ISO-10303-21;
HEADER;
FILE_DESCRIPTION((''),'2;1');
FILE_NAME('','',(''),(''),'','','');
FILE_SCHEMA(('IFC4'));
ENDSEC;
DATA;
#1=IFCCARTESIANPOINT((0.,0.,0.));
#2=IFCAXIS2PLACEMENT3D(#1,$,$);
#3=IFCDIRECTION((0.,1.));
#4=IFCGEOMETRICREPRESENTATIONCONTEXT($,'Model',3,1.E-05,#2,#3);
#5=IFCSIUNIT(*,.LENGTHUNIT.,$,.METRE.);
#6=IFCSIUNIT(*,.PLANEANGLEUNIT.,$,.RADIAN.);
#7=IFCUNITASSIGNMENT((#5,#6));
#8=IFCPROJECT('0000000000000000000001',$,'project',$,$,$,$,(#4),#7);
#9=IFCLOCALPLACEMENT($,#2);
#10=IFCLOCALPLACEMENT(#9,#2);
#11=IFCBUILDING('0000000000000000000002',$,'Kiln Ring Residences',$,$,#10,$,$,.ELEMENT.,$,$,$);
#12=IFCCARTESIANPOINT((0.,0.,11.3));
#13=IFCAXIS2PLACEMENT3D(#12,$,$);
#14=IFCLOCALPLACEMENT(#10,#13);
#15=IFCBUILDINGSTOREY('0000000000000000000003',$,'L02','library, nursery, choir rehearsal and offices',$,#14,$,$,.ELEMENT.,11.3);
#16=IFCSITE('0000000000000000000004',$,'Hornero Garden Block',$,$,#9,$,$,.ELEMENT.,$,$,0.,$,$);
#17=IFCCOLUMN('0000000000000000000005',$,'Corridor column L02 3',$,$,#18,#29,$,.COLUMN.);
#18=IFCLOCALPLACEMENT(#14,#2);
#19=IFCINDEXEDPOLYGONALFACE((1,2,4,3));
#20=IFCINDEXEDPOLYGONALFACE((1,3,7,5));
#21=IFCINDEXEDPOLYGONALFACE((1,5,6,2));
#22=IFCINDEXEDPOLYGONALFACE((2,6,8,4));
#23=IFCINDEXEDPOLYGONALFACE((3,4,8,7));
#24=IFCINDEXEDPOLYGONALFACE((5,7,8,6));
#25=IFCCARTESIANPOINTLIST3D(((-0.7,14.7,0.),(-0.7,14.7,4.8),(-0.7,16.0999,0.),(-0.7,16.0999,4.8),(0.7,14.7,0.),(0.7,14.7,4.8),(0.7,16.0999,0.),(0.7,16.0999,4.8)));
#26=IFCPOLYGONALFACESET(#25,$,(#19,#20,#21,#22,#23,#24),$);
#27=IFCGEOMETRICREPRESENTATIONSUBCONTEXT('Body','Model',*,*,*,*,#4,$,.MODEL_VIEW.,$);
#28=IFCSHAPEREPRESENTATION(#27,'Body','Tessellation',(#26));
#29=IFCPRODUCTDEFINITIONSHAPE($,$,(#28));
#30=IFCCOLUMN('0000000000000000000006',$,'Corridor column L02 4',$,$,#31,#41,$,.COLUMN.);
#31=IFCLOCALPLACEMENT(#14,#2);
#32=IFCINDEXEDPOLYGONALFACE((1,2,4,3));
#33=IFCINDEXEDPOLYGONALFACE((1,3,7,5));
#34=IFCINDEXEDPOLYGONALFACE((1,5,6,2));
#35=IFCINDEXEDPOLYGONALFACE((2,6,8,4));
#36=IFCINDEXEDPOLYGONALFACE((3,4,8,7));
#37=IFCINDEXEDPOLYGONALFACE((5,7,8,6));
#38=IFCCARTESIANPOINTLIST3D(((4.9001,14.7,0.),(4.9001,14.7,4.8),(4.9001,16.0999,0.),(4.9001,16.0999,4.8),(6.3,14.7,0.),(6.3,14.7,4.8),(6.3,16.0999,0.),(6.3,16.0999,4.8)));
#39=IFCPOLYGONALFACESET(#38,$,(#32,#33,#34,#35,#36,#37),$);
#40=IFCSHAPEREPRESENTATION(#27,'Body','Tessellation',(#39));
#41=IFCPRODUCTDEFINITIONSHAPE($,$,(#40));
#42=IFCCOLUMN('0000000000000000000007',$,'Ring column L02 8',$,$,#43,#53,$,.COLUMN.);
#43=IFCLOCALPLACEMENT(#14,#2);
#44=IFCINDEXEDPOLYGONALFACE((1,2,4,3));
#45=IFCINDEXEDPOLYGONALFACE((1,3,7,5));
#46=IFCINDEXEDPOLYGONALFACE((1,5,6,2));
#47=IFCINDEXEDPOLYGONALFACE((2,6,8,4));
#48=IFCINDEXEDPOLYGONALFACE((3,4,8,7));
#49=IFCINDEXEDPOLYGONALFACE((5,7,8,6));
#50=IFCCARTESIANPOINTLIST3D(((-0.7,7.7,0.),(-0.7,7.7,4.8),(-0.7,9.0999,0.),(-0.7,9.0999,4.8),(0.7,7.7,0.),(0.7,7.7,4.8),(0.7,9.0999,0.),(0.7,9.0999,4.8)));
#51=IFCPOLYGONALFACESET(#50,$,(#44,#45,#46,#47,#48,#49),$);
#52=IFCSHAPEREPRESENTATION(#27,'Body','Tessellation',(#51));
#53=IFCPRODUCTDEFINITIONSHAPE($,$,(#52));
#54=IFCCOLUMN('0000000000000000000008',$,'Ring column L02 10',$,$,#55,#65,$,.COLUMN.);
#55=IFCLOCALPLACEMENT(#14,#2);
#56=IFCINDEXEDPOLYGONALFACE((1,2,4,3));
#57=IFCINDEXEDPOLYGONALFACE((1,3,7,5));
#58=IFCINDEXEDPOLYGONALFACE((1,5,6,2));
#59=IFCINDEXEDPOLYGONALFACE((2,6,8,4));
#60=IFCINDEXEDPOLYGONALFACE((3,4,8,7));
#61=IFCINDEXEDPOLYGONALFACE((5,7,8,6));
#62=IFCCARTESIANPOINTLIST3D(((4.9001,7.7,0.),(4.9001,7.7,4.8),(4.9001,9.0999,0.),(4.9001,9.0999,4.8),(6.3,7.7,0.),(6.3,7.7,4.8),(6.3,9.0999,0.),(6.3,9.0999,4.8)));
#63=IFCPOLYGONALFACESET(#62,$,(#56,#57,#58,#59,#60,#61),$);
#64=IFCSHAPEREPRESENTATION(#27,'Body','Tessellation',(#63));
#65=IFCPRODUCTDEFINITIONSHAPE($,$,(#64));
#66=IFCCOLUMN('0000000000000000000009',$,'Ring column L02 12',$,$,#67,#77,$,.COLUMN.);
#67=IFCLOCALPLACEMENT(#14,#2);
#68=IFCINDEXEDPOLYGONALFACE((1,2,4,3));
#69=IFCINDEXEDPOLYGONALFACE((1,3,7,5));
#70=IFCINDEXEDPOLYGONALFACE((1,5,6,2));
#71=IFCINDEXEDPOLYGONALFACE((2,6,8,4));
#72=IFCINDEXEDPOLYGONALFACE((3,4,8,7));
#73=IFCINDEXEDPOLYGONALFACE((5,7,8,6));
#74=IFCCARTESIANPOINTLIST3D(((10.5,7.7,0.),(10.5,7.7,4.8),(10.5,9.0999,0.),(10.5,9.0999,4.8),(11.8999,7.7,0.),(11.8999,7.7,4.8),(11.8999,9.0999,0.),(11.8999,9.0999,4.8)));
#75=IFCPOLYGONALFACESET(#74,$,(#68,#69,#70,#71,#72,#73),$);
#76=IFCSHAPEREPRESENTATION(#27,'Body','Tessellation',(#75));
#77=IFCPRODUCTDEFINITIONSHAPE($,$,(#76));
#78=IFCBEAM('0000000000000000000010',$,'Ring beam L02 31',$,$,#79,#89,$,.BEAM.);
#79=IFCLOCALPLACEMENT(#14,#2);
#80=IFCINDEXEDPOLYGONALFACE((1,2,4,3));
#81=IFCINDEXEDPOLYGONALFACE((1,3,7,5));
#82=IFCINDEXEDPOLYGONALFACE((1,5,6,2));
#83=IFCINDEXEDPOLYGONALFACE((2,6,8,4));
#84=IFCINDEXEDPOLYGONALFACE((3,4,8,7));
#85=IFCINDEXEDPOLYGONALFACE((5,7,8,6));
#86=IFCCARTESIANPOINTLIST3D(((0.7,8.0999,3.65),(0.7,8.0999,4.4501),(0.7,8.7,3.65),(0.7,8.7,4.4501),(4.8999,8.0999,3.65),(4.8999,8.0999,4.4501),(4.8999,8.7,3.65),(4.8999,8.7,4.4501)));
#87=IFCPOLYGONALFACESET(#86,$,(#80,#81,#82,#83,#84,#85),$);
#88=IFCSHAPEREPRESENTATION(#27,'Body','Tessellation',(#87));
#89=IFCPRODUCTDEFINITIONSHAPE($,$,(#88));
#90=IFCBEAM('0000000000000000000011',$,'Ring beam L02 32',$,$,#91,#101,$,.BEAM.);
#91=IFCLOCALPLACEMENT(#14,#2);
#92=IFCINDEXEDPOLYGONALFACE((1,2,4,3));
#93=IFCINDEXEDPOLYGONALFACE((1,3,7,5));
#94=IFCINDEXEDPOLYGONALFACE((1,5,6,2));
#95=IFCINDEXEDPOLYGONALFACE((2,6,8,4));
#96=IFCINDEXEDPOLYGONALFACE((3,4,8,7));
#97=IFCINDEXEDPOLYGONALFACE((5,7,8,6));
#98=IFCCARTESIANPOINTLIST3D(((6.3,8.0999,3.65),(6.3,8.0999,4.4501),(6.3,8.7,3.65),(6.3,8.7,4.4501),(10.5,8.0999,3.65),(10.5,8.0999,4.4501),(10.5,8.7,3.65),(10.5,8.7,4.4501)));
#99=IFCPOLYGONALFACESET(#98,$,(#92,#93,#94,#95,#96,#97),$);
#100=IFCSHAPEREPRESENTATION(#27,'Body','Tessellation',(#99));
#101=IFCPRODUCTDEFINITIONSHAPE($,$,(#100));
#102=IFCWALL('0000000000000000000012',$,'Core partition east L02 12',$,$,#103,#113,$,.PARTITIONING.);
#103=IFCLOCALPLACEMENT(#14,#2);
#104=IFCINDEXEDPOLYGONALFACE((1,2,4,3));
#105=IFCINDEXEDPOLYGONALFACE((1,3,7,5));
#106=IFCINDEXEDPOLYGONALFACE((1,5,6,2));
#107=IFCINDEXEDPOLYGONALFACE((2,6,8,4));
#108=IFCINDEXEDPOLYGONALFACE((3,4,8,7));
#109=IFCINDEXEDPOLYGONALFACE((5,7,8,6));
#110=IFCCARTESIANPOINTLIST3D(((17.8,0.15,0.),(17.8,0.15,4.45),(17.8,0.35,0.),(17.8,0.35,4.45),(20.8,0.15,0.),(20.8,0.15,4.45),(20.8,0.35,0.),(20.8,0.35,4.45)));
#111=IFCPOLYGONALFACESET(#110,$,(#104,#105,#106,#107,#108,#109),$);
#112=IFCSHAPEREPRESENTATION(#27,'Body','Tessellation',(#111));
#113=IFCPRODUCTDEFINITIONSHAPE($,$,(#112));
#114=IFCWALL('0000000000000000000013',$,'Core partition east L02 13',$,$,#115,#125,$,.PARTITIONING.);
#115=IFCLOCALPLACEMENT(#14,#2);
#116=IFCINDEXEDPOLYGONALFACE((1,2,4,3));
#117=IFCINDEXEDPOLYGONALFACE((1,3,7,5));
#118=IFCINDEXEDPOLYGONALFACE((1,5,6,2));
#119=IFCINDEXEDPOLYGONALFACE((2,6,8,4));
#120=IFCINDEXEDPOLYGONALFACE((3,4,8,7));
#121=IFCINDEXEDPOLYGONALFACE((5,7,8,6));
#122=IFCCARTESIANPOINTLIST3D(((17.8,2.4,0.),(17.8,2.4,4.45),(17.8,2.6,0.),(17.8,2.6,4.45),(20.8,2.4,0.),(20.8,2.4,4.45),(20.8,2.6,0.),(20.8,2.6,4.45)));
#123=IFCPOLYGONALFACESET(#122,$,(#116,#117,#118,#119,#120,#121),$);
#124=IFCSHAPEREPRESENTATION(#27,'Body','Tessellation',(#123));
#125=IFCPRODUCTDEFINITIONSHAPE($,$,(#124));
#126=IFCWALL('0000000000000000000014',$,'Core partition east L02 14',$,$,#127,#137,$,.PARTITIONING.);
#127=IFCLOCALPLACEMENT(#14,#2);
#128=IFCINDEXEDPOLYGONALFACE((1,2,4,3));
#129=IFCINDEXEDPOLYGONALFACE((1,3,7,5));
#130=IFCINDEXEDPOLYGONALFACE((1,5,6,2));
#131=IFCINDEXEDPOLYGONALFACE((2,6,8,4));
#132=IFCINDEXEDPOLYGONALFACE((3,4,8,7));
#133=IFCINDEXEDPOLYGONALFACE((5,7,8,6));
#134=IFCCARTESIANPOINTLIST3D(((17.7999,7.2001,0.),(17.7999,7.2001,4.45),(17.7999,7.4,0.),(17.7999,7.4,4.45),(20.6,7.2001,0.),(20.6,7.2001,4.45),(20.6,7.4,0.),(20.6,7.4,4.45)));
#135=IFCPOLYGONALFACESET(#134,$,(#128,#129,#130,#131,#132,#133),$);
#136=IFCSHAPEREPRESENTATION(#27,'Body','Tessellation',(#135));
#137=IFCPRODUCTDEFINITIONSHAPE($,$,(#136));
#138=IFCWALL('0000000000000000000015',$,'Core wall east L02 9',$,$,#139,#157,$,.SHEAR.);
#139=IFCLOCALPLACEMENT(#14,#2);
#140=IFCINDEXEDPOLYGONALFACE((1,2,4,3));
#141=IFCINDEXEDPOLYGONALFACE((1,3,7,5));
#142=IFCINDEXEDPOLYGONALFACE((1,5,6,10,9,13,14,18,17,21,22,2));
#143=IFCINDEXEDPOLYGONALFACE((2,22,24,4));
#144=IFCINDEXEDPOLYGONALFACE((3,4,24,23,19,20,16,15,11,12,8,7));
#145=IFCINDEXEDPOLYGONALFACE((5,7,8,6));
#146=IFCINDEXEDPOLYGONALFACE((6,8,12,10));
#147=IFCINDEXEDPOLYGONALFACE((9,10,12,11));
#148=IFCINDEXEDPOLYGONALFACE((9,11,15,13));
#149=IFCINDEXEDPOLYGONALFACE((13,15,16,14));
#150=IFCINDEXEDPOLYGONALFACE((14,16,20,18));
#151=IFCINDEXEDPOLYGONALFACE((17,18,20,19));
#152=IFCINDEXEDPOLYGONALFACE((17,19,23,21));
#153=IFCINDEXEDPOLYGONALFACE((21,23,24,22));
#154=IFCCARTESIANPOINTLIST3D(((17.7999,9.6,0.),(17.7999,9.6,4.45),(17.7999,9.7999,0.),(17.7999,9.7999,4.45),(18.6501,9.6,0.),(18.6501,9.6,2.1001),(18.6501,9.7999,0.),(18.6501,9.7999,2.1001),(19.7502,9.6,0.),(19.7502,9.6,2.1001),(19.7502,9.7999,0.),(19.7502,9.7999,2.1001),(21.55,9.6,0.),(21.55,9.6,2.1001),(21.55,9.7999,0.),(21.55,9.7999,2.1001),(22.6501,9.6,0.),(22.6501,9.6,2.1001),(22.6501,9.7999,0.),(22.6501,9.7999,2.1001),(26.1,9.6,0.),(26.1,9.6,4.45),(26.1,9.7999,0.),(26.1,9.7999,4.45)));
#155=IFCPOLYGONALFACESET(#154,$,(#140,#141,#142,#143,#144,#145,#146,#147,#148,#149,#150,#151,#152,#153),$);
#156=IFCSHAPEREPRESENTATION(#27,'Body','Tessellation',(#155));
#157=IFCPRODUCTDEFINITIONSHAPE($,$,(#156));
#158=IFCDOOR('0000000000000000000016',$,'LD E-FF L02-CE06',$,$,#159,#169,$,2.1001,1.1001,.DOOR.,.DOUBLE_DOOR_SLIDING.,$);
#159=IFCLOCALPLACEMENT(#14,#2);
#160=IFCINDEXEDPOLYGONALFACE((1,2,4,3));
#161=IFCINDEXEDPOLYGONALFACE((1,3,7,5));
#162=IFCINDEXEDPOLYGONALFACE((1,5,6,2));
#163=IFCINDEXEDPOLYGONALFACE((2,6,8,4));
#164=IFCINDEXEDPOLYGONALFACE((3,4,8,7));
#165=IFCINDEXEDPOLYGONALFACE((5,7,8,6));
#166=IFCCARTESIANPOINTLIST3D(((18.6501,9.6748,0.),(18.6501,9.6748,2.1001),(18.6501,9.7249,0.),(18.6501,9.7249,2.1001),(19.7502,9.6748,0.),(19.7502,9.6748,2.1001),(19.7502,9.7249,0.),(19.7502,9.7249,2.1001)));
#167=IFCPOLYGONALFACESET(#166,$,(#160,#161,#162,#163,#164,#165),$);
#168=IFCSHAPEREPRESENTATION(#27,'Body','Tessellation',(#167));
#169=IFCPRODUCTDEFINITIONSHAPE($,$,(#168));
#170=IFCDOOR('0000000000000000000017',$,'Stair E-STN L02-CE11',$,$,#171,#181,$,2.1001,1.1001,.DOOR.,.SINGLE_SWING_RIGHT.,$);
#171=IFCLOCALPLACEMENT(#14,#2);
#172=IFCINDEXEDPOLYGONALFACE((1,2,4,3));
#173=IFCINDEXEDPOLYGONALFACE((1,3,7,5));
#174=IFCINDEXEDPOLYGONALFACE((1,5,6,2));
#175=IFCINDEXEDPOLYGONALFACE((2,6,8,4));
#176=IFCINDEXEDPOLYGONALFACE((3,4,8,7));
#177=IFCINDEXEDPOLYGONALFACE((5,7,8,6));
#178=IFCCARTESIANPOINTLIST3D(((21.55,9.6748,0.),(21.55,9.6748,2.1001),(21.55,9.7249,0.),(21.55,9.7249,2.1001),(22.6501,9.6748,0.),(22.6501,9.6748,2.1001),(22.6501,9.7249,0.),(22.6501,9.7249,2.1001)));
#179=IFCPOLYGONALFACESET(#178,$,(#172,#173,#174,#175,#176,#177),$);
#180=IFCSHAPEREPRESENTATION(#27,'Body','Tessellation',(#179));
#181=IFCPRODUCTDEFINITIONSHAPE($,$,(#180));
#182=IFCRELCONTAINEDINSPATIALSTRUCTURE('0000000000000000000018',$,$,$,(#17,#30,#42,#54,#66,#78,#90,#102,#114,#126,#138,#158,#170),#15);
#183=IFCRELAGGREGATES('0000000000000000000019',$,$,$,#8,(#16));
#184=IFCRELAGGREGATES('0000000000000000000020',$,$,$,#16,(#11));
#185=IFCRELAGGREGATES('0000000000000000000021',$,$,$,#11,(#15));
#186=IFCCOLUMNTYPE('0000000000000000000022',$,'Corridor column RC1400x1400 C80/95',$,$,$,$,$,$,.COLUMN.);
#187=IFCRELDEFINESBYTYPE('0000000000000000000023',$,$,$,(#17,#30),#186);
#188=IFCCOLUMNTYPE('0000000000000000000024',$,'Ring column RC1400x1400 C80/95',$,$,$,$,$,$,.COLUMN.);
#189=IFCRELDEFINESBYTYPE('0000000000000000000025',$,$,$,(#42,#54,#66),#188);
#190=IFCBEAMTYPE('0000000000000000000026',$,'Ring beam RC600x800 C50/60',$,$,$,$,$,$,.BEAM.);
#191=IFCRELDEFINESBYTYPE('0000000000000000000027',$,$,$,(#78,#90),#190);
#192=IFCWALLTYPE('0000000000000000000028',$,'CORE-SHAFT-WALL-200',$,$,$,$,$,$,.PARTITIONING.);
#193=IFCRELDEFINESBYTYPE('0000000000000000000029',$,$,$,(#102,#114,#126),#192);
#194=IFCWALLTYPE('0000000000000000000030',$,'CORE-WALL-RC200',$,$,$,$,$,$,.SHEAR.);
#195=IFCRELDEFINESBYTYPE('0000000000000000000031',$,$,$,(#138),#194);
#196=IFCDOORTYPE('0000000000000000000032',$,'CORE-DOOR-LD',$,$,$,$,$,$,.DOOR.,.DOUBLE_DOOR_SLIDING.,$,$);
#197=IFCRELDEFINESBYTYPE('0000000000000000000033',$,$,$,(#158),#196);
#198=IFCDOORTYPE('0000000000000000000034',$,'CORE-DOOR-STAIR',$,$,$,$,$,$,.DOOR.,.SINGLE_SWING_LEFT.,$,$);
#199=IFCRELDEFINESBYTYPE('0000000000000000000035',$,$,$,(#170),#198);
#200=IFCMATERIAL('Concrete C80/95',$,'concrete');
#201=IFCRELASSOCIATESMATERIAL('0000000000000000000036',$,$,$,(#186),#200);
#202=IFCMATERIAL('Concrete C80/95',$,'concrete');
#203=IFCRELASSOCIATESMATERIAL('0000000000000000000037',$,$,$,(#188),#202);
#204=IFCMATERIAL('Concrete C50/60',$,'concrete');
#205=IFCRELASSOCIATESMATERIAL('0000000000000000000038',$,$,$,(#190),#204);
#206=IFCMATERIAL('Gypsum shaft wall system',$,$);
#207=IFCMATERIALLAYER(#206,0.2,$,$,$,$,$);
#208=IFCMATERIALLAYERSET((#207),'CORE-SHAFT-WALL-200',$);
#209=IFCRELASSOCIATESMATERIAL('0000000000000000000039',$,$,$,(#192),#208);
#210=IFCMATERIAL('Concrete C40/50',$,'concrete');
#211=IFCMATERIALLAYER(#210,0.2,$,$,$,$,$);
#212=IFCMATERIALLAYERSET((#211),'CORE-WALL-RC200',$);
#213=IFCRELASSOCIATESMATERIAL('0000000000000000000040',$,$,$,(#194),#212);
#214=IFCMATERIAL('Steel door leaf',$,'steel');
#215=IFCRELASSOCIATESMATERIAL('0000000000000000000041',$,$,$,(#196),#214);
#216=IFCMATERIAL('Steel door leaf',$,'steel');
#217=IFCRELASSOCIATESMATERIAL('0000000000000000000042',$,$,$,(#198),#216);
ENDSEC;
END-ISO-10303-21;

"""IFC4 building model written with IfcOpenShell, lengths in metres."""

from ifc_helpers import new_model, si_unit, direction, frame, frame_2d, origin, origin_2d, place, context, subcontext, project, spatial, rectangle, extrude, material, layer, layer_set, material_profile, profile_set, type_object, element, fill, save


model = new_model("IFC4")

# Units and contexts
model_context = context("Model", 3, precision=1e-05, world=origin(), true_north=direction((0.0, 1.0)))
body_context = subcontext(model_context, "Body", "Model", "MODEL_VIEW")
ifc_project = project(units=[si_unit("LENGTHUNIT", "METRE"), si_unit("PLANEANGLEUNIT", "RADIAN")], contexts=[model_context])

# Site, building, storey
site_placement = place(None, origin())
site = spatial("IfcSite", under=ifc_project, at=site_placement, Name="Hornero Garden Block", CompositionType="ELEMENT", RefElevation=0.0)
building_placement = place(site_placement, origin())
building = spatial("IfcBuilding", under=site, at=building_placement, Name="Kiln Ring Residences", CompositionType="ELEMENT")
storey_placement = place(building_placement, frame((0.0, 0.0, 11.3)))
storey = spatial("IfcBuildingStorey", under=building, at=storey_placement, Name="L02", Description="library, nursery, choir rehearsal and offices", CompositionType="ELEMENT", Elevation=11.3)

# Columns
ifc_material_1 = material(Name="Concrete C80/95", Category="concrete")
ifc_material_profile_1 = material_profile(ifc_material_1, rectangle(XDim=1.3999, YDim=1.3999, at=origin_2d()), Name="RC1400x1400")
ifc_profile_set_1 = profile_set([ifc_material_profile_1], Name="Concrete C80/95")
column_type_1 = type_object("IfcColumnType", Name="Corridor column RC1400x1400 C80/95", PredefinedType="COLUMN", material=ifc_profile_set_1)
for number, where, z_axis, x_axis, name in (
    (1, (0.0, 15.3999, 0.0), (0.0, 0.0, 1.0), (1.0, 0.0, 0.0), "Corridor column L02 3"),
    (2, (5.6001, 15.3999, 0.0), (0.0, 0.0, 1.0), (1.0, 0.0, 0.0), "Corridor column L02 4"),
):
    element("IfcColumn", number, at=place(storey_placement, frame(where, z_axis=z_axis, x_axis=x_axis)), inside=storey, type_object=column_type_1, Name=name, PredefinedType="COLUMN", context=body_context, shape_type="SweptSolid", body=[
        extrude(rectangle(XDim=1.3999, YDim=1.3999, at=origin_2d()), origin(), (0.0, 0.0, 1.0), 4.8),
    ])
ifc_material_2 = material(Name="Concrete C80/95", Category="concrete")
ifc_material_profile_2 = material_profile(ifc_material_2, rectangle(XDim=1.3999, YDim=1.3999, at=origin_2d()), Name="RC1400x1400")
ifc_profile_set_2 = profile_set([ifc_material_profile_2], Name="Concrete C80/95")
column_type_2 = type_object("IfcColumnType", Name="Ring column RC1400x1400 C80/95", PredefinedType="COLUMN", material=ifc_profile_set_2)
for number, where, z_axis, x_axis, name in (
    (3, (0.0, 8.3999, 0.0), (0.0, 0.0, 1.0), (1.0, 0.0, 0.0), "Ring column L02 8"),
    (4, (5.6001, 8.3999, 0.0), (0.0, 0.0, 1.0), (1.0, 0.0, 0.0), "Ring column L02 10"),
    (5, (11.2, 8.3999, 0.0), (0.0, 0.0, 1.0), (1.0, 0.0, 0.0), "Ring column L02 12"),
):
    element("IfcColumn", number, at=place(storey_placement, frame(where, z_axis=z_axis, x_axis=x_axis)), inside=storey, type_object=column_type_2, Name=name, PredefinedType="COLUMN", context=body_context, shape_type="SweptSolid", body=[
        extrude(rectangle(XDim=1.3999, YDim=1.3999, at=origin_2d()), origin(), (0.0, 0.0, 1.0), 4.8),
    ])

# Beams
ifc_material_3 = material(Name="Concrete C50/60", Category="concrete")
ifc_material_profile_3 = material_profile(ifc_material_3, rectangle(XDim=0.6001, YDim=0.8, at=origin_2d()), Name="RC600x800")
ifc_profile_set_3 = profile_set([ifc_material_profile_3], Name="Concrete C50/60")
beam_type = type_object("IfcBeamType", Name="Ring beam RC600x800 C50/60", PredefinedType="BEAM", material=ifc_profile_set_3)
for number, where, z_axis, x_axis, name in (
    (6, (0.7, 8.3999, 4.05), (1.0, 0.0, 0.0), (0.0, 1.0, 0.0), "Ring beam L02 31"),
    (7, (6.3, 8.3999, 4.05), (1.0, 0.0, 0.0), (0.0, 1.0, 0.0), "Ring beam L02 32"),
):
    element("IfcBeam", number, at=place(storey_placement, frame(where, z_axis=z_axis, x_axis=x_axis)), inside=storey, type_object=beam_type, Name=name, PredefinedType="BEAM", context=body_context, shape_type="SweptSolid", body=[
        extrude(rectangle(XDim=0.6001, YDim=0.8, at=origin_2d()), origin(), (0.0, 0.0, 1.0), 4.2),
    ])

# Walls
ifc_material_4 = material(Name="Gypsum shaft wall system")
ifc_layer_1 = layer(ifc_material_4, 0.2)
ifc_layer_set_1 = layer_set([ifc_layer_1], Name="CORE-SHAFT-WALL-200")
wall_type_1 = type_object("IfcWallType", Name="CORE-SHAFT-WALL-200", PredefinedType="PARTITIONING", material=ifc_layer_set_1)
for number, where, z_axis, x_axis, name in (
    (8, (17.8, 0.25, 0.0), (0.0, 0.0, 1.0), (1.0, 0.0, 0.0), "Core partition east L02 12"),
    (9, (17.8, 2.5, 0.0), (0.0, 0.0, 1.0), (1.0, 0.0, 0.0), "Core partition east L02 13"),
):
    element("IfcWall", number, at=place(storey_placement, frame(where, z_axis=z_axis, x_axis=x_axis)), inside=storey, type_object=wall_type_1, Name=name, PredefinedType="PARTITIONING", context=body_context, shape_type="SweptSolid", body=[
        extrude(rectangle(XDim=3.0, YDim=0.2, at=frame_2d((1.5, 0.0))), origin(), (0.0, 0.0, 1.0), 4.45),
    ])
wall_1_placement = place(storey_placement, frame((17.8, 7.3, 0.0), z_axis=(0.0, 0.0, 1.0), x_axis=(1.0, 0.0, 0.0)))
element("IfcWall", 10, at=wall_1_placement, inside=storey, type_object=wall_type_1, Name="Core partition east L02 14", PredefinedType="PARTITIONING", context=body_context, shape_type="SweptSolid", body=[
    extrude(rectangle(XDim=2.8, YDim=0.2, at=frame_2d((1.3999, 0.0))), origin(), (0.0, 0.0, 1.0), 4.45),
])

# Wall, openings, doors
ifc_material_5 = material(Name="Concrete C40/50", Category="concrete")
ifc_layer_2 = layer(ifc_material_5, 0.2)
ifc_layer_set_2 = layer_set([ifc_layer_2], Name="CORE-WALL-RC200")
wall_type_2 = type_object("IfcWallType", Name="CORE-WALL-RC200", PredefinedType="SHEAR", material=ifc_layer_set_2)
wall_2_placement = place(storey_placement, frame((17.8, 9.7, 0.0), z_axis=(0.0, 0.0, 1.0), x_axis=(1.0, 0.0, 0.0)))
wall_2 = element("IfcWall", 11, at=wall_2_placement, inside=storey, type_object=wall_type_2, Name="Core wall east L02 9", PredefinedType="SHEAR", context=body_context, shape_type="SweptSolid", body=[
    extrude(rectangle(XDim=8.3, YDim=0.2, at=frame_2d((4.1499, 0.0))), origin(), (0.0, 0.0, 1.0), 4.45),
])
opening_1_placement = place(wall_2_placement, frame((0.8501, 0.0, 0.0)))
opening_1 = element("IfcOpeningElement", 12, at=opening_1_placement, cuts=wall_2, PredefinedType="OPENING", context=body_context, shape_type="SweptSolid", body=[
    extrude(rectangle(XDim=1.1001, YDim=2.1001, at=frame_2d((0.55, 1.05))), frame((0.0, 0.1099, 0.0), z_axis=(0.0, -1.0, 0.0), x_axis=(1.0, 0.0, 0.0)), (0.0, 0.0, 1.0), 0.22),
])
opening_2_placement = place(wall_2_placement, frame((3.75, 0.0, 0.0)))
opening_2 = element("IfcOpeningElement", 13, at=opening_2_placement, cuts=wall_2, PredefinedType="OPENING", context=body_context, shape_type="SweptSolid", body=[
    extrude(rectangle(XDim=1.1001, YDim=2.1001, at=frame_2d((0.55, 1.05))), frame((0.0, 0.1099, 0.0), z_axis=(0.0, -1.0, 0.0), x_axis=(1.0, 0.0, 0.0)), (0.0, 0.0, 1.0), 0.22),
])
ifc_material_6 = material(Name="Steel door leaf", Category="steel")
door_type_1 = type_object("IfcDoorType", Name="CORE-DOOR-LD", OperationType="DOUBLE_DOOR_SLIDING", PredefinedType="DOOR", material=ifc_material_6)
door_1_placement = place(opening_1_placement, origin())
door_1 = element("IfcDoor", 14, at=door_1_placement, inside=storey, type_object=door_type_1, Name="LD E-FF L02-CE06", OperationType="DOUBLE_DOOR_SLIDING", OverallHeight=2.1001, OverallWidth=1.1001, PredefinedType="DOOR", context=body_context, shape_type="SweptSolid", body=[
    extrude(rectangle(XDim=1.1001, YDim=2.1001, at=frame_2d((0.55, 1.05))), frame((0.0, 0.0249, 0.0), z_axis=(0.0, -1.0, 0.0), x_axis=(1.0, 0.0, 0.0)), (0.0, 0.0, 1.0), 0.05),
])
fill(opening_1, door_1)
ifc_material_7 = material(Name="Steel door leaf", Category="steel")
door_type_2 = type_object("IfcDoorType", Name="CORE-DOOR-STAIR", OperationType="SINGLE_SWING_LEFT", PredefinedType="DOOR", material=ifc_material_7)
door_2_placement = place(opening_2_placement, origin())
door_2 = element("IfcDoor", 15, at=door_2_placement, inside=storey, type_object=door_type_2, Name="Stair E-STN L02-CE11", OperationType="SINGLE_SWING_RIGHT", OverallHeight=2.1001, OverallWidth=1.1001, PredefinedType="DOOR", context=body_context, shape_type="SweptSolid", body=[
    extrude(rectangle(XDim=1.1001, YDim=2.1001, at=frame_2d((0.55, 1.05))), frame((0.0, 0.0249, 0.0), z_axis=(0.0, -1.0, 0.0), x_axis=(1.0, 0.0, 0.0)), (0.0, 0.0, 1.0), 0.05),
])
fill(opening_2, door_2)

save(model, "model.ifc")
